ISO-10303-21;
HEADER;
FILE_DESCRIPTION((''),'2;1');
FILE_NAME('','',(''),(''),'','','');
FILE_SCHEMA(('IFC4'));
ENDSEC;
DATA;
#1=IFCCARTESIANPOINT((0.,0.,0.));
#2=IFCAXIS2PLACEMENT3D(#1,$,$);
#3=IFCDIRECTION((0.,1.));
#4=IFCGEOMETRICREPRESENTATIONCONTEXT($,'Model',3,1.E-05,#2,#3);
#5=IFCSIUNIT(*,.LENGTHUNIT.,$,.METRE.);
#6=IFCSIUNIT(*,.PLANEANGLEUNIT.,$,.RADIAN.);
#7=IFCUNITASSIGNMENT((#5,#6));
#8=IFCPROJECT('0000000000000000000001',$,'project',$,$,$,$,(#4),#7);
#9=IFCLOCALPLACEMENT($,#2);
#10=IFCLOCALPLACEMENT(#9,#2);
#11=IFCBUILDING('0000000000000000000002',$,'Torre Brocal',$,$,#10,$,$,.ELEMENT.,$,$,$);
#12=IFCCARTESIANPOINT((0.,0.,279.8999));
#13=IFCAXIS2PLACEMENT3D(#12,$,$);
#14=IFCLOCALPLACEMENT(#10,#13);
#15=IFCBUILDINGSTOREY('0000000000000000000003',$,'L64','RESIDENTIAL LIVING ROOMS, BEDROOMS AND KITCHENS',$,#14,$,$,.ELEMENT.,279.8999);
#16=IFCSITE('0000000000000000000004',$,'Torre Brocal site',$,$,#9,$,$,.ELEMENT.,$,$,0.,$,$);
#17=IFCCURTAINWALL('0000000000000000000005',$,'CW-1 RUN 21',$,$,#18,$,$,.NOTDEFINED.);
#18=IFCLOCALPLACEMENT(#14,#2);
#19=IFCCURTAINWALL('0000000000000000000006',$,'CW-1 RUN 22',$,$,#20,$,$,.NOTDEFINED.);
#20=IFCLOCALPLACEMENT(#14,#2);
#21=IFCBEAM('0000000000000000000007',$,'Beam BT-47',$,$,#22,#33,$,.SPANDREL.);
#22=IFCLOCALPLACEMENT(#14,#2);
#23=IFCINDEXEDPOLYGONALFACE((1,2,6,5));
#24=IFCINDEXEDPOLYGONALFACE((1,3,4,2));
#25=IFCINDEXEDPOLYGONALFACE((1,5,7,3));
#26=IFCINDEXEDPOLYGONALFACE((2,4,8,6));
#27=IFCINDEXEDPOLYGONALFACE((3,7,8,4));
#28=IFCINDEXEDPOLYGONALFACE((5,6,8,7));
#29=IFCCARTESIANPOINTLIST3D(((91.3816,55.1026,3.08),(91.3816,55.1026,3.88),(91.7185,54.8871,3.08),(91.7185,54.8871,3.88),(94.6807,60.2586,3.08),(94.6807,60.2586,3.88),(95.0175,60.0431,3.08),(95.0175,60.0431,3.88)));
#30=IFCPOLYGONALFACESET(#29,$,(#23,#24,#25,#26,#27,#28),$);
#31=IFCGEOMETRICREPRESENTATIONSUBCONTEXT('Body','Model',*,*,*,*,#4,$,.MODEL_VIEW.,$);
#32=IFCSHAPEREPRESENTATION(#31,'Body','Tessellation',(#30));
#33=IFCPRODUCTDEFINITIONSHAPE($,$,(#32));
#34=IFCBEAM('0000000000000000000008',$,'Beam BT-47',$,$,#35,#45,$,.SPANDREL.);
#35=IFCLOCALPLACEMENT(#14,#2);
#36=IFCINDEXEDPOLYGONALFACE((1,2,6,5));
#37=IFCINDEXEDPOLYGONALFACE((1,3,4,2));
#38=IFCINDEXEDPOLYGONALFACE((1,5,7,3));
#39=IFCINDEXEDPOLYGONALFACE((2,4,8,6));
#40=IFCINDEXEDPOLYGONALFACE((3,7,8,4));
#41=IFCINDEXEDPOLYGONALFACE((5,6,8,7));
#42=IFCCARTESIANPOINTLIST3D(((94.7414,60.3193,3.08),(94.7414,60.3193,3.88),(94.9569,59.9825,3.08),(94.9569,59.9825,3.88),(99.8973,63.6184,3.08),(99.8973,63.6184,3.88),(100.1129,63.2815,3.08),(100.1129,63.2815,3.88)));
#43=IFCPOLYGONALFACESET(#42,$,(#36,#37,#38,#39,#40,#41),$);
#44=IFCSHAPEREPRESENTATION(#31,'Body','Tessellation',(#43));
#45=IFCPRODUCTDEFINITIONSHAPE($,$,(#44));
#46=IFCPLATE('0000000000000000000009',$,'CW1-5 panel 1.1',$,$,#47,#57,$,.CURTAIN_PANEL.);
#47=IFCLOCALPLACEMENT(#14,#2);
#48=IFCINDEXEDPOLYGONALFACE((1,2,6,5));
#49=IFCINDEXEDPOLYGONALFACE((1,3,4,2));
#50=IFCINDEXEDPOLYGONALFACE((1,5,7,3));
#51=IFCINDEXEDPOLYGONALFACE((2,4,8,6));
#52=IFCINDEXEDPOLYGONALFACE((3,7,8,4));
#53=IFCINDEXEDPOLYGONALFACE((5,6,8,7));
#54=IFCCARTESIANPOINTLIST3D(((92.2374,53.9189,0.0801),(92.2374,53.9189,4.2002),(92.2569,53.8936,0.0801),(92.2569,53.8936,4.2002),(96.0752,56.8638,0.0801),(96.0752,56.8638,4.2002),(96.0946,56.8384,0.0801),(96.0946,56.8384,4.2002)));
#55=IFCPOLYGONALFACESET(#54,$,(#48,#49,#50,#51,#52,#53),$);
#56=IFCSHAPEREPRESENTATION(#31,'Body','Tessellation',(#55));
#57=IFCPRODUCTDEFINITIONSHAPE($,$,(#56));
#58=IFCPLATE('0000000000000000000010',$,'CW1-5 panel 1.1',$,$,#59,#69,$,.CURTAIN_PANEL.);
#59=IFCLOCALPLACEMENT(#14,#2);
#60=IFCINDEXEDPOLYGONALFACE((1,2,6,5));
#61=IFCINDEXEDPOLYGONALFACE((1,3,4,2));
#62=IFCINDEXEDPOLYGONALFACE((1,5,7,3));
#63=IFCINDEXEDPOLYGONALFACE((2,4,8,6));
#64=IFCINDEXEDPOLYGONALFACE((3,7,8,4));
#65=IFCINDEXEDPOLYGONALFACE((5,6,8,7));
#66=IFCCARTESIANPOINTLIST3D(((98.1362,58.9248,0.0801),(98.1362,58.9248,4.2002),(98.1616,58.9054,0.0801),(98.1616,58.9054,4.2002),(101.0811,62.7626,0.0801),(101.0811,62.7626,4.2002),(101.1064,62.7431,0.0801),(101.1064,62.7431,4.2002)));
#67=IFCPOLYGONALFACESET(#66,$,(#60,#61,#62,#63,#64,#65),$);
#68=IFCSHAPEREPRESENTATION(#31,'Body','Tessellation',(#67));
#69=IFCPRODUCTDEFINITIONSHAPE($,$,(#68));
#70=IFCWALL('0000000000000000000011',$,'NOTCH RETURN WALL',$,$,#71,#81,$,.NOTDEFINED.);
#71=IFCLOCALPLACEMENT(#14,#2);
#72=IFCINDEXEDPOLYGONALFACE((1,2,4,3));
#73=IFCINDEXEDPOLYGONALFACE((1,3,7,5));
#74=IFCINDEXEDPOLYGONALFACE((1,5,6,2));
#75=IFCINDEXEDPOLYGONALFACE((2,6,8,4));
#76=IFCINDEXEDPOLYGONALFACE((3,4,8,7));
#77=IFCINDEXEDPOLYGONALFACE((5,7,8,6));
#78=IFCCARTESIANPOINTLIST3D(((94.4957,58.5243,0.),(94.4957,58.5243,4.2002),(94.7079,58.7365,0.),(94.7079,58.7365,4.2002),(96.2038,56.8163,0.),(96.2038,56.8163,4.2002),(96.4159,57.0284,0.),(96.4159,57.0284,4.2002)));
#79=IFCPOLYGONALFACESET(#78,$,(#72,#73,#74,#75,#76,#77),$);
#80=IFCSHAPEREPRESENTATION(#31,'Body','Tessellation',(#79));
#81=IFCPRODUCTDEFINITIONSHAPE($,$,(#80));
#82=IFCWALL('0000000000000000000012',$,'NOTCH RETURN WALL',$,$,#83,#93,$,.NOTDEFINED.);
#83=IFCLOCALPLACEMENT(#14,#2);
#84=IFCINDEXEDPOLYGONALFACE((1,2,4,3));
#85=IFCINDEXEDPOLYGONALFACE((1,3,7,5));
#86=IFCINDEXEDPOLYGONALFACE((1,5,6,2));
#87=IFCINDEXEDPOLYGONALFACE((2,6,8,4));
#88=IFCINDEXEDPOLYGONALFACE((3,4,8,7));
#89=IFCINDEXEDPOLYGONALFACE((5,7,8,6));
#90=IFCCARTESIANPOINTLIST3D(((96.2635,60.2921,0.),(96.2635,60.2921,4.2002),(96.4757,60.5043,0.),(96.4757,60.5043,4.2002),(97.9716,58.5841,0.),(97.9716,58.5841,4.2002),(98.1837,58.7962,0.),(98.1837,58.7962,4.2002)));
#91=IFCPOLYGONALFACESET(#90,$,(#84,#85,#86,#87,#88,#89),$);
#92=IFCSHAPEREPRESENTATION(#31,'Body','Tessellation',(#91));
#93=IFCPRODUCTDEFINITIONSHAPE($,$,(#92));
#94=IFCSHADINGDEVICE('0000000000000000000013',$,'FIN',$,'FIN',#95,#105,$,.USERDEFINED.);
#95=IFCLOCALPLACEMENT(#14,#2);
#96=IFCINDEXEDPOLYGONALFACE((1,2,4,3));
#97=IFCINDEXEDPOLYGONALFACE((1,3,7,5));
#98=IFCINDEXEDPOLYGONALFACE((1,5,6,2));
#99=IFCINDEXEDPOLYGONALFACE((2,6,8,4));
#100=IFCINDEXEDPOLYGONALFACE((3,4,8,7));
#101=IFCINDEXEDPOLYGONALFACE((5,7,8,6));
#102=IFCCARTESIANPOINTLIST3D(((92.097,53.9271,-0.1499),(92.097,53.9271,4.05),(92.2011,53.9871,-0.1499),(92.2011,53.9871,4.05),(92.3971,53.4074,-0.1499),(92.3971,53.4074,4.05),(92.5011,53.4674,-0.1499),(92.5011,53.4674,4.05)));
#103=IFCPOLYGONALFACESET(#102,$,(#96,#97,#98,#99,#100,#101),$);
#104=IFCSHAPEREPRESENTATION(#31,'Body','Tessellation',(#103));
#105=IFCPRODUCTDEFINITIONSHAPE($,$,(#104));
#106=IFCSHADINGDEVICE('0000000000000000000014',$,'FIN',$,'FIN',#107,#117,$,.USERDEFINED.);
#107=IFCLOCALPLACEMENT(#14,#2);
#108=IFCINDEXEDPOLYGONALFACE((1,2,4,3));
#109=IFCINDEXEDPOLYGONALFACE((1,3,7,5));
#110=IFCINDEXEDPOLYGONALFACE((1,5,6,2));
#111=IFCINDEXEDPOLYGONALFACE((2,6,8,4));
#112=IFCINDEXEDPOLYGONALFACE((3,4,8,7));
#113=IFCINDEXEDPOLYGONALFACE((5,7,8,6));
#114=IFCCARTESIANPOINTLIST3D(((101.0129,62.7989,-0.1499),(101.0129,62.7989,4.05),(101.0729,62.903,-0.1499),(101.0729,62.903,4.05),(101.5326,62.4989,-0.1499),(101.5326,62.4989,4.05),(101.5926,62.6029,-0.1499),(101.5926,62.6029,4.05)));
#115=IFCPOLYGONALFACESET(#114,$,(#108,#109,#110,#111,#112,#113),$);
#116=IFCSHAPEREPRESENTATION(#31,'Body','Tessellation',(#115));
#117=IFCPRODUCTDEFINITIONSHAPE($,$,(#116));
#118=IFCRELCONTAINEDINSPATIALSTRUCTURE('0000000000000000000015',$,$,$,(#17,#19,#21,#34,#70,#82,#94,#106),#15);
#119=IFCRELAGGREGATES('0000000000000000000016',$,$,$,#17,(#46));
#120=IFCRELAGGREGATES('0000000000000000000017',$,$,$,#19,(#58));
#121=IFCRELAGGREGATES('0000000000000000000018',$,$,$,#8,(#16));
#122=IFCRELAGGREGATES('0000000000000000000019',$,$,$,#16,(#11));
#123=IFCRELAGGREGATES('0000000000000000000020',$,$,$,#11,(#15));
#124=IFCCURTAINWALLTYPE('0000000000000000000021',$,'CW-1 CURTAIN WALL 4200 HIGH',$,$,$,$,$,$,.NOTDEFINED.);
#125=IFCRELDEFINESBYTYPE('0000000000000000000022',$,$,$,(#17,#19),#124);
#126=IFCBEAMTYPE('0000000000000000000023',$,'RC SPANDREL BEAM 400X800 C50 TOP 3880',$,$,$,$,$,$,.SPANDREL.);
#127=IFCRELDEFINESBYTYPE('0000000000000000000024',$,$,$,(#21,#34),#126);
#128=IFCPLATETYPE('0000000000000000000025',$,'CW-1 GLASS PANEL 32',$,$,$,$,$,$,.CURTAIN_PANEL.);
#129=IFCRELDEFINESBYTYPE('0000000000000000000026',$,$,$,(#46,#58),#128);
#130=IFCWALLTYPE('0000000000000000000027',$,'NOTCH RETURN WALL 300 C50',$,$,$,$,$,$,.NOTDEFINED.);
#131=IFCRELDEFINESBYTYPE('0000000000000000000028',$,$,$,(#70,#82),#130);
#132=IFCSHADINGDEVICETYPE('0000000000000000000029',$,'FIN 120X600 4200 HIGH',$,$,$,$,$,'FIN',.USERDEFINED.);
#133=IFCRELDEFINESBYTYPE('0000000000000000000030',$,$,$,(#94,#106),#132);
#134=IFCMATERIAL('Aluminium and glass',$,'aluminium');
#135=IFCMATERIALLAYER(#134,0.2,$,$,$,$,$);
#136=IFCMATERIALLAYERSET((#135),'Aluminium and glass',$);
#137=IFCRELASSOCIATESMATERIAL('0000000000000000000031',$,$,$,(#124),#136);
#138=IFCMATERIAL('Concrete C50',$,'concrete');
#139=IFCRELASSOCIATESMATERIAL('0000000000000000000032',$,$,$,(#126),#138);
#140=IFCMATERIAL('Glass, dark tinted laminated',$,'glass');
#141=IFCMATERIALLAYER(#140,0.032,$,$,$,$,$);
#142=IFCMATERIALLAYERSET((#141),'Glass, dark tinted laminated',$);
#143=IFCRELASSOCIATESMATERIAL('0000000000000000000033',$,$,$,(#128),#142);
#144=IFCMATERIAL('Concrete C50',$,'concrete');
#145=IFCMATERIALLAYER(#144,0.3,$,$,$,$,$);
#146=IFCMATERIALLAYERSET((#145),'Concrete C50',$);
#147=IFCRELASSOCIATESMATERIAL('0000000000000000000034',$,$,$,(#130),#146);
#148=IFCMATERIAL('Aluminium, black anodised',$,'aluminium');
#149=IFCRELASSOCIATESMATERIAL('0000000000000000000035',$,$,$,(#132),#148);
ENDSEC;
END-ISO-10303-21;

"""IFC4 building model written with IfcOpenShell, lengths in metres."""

from ifc_helpers import new_model, si_unit, direction, frame, frame_2d, origin, origin_2d, place, context, subcontext, project, spatial, rectangle, extrude, material, layer, layer_set, material_profile, profile_set, type_object, element, aggregate, save


model = new_model("IFC4")

# Units and contexts
model_context = context("Model", 3, precision=1e-05, world=origin(), true_north=direction((0.0, 1.0)))
body_context = subcontext(model_context, "Body", "Model", "MODEL_VIEW")
ifc_project = project(units=[si_unit("LENGTHUNIT", "METRE"), si_unit("PLANEANGLEUNIT", "RADIAN")], contexts=[model_context])

# Site, building, storey
site_placement = place(None, origin())
site = spatial("IfcSite", under=ifc_project, at=site_placement, Name="Torre Brocal site", CompositionType="ELEMENT", RefElevation=0.0)
building_placement = place(site_placement, origin())
building = spatial("IfcBuilding", under=site, at=building_placement, Name="Torre Brocal", CompositionType="ELEMENT")
storey_placement = place(building_placement, frame((0.0, 0.0, 279.8999)))
storey = spatial("IfcBuildingStorey", under=building, at=storey_placement, Name="L64", Description="RESIDENTIAL LIVING ROOMS, BEDROOMS AND KITCHENS", CompositionType="ELEMENT", Elevation=279.8999)

# Shared definitions
ifc_material_1 = material(Name="Aluminium and glass", Category="aluminium")
ifc_layer_1 = layer(ifc_material_1, 0.2)
ifc_layer_set_1 = layer_set([ifc_layer_1], Name="Aluminium and glass")
curtain_wall_type = type_object("IfcCurtainWallType", Name="CW-1 CURTAIN WALL 4200 HIGH", PredefinedType="NOTDEFINED", material=ifc_layer_set_1)

# Curtain walls
curtain_wall_1_placement = place(storey_placement, origin())
curtain_wall_1 = element("IfcCurtainWall", 1, at=curtain_wall_1_placement, inside=storey, type_object=curtain_wall_type, Name="CW-1 RUN 21", PredefinedType="NOTDEFINED")
curtain_wall_2_placement = place(storey_placement, origin())
curtain_wall_2 = element("IfcCurtainWall", 2, at=curtain_wall_2_placement, inside=storey, type_object=curtain_wall_type, Name="CW-1 RUN 22", PredefinedType="NOTDEFINED")

# Beams
ifc_material_2 = material(Name="Concrete C50", Category="concrete")
ifc_material_profile_1 = material_profile(ifc_material_2, rectangle(XDim=0.3999, YDim=0.8, at=origin_2d()), Name="RC 400X800")
ifc_profile_set_1 = profile_set([ifc_material_profile_1], Name="Concrete C50")
beam_type_1 = type_object("IfcBeamType", Name="RC SPANDREL BEAM 400X800 C50 TOP 3880", PredefinedType="SPANDREL", material=ifc_profile_set_1)
for number, where, z_axis, x_axis, name in (
    (3, (91.55, 54.9949, 3.48), (0.538964, 0.842329, 0.0), (-0.842329, 0.538964, 0.0), "Beam BT-47"),
    (4, (94.8491, 60.1509, 3.48), (0.842329, 0.538964, 0.0), (-0.538964, 0.842329, 0.0), "Beam BT-47"),
):
    element("IfcBeam", number, at=place(storey_placement, frame(where, z_axis=z_axis, x_axis=x_axis)), inside=storey, type_object=beam_type_1, Name=name, PredefinedType="SPANDREL", context=body_context, shape_type="SweptSolid", body=[
        extrude(rectangle(XDim=0.3999, YDim=0.8, at=origin_2d()), origin(), (0.0, 0.0, 1.0), 6.1211),
    ])

# Plates
ifc_material_3 = material(Name="Glass, dark tinted laminated", Category="glass")
ifc_layer_2 = layer(ifc_material_3, 0.032)
ifc_layer_set_2 = layer_set([ifc_layer_2], Name="Glass, dark tinted laminated")
plate_type = type_object("IfcPlateType", Name="CW-1 GLASS PANEL 32", PredefinedType="CURTAIN_PANEL", material=ifc_layer_set_2)
plate_1_placement = place(storey_placement, frame((94.166, 55.3787, 0.0801), z_axis=(0.0, 0.0, 1.0), x_axis=(0.793353, 0.608761, 0.0)))
plate_1 = element("IfcPlate", 5, at=plate_1_placement, type_object=plate_type, Name="CW1-5 panel 1.1", PredefinedType="CURTAIN_PANEL", context=body_context, shape_type="SweptSolid", body=[
    extrude(rectangle(XDim=4.8374, YDim=0.032, at=origin_2d()), origin(), (0.0, 0.0, 1.0), 4.1201),
])
aggregate(curtain_wall_1, [plate_1])
plate_2_placement = place(storey_placement, frame((99.6213, 60.834, 0.0801), z_axis=(0.0, 0.0, 1.0), x_axis=(0.608761, 0.793353, 0.0)))
plate_2 = element("IfcPlate", 6, at=plate_2_placement, type_object=plate_type, Name="CW1-5 panel 1.1", PredefinedType="CURTAIN_PANEL", context=body_context, shape_type="SweptSolid", body=[
    extrude(rectangle(XDim=4.8374, YDim=0.032, at=origin_2d()), origin(), (0.0, 0.0, 1.0), 4.1201),
])
aggregate(curtain_wall_2, [plate_2])

# Walls
ifc_material_4 = material(Name="Concrete C50", Category="concrete")
ifc_layer_3 = layer(ifc_material_4, 0.3)
ifc_layer_set_3 = layer_set([ifc_layer_3], Name="Concrete C50")
wall_type = type_object("IfcWallType", Name="NOTCH RETURN WALL 300 C50", PredefinedType="NOTDEFINED", material=ifc_layer_set_3)
for number, where, z_axis, x_axis, name in (
    (7, (94.6018, 58.6304, 0.0), (0.0, 0.0, 1.0), (0.707107, -0.707107, 0.0), "NOTCH RETURN WALL"),
    (8, (96.3696, 60.3982, 0.0), (0.0, 0.0, 1.0), (0.707107, -0.707107, 0.0), "NOTCH RETURN WALL"),
):
    element("IfcWall", number, at=place(storey_placement, frame(where, z_axis=z_axis, x_axis=x_axis)), inside=storey, type_object=wall_type, Name=name, PredefinedType="NOTDEFINED", context=body_context, shape_type="SweptSolid", body=[
        extrude(rectangle(XDim=2.4155, YDim=0.3, at=frame_2d((1.2078, 0.0))), origin(), (0.0, 0.0, 1.0), 4.2002),
    ])

# Shading devices
ifc_material_5 = material(Name="Aluminium, black anodised", Category="aluminium")
ifc_material_profile_2 = material_profile(ifc_material_5, rectangle(XDim=0.1201, YDim=0.6001, at=origin_2d()), Name="FIN 120X600 4200 HIGH")
ifc_profile_set_2 = profile_set([ifc_material_profile_2], Name="Aluminium, black anodised")
shading_device_type = type_object("IfcShadingDeviceType", Name="FIN 120X600 4200 HIGH", ElementType="FIN", PredefinedType="USERDEFINED", material=ifc_profile_set_2)
for number, where, z_axis, x_axis, name in (
    (9, (92.2991, 53.6973, -0.1499), (0.0, 0.0, 1.0), (0.866025, 0.5, 0.0), "FIN"),
    (10, (101.3027, 62.7009, -0.1499), (0.0, 0.0, 1.0), (0.5, 0.866025, 0.0), "FIN"),
):
    element("IfcShadingDevice", number, at=place(storey_placement, frame(where, z_axis=z_axis, x_axis=x_axis)), inside=storey, type_object=shading_device_type, Name=name, ObjectType="FIN", PredefinedType="USERDEFINED", context=body_context, shape_type="SweptSolid", body=[
        extrude(rectangle(XDim=0.1201, YDim=0.6001, at=origin_2d()), origin(), (0.0, 0.0, 1.0), 4.2),
    ])

save(model, "model.ifc")
